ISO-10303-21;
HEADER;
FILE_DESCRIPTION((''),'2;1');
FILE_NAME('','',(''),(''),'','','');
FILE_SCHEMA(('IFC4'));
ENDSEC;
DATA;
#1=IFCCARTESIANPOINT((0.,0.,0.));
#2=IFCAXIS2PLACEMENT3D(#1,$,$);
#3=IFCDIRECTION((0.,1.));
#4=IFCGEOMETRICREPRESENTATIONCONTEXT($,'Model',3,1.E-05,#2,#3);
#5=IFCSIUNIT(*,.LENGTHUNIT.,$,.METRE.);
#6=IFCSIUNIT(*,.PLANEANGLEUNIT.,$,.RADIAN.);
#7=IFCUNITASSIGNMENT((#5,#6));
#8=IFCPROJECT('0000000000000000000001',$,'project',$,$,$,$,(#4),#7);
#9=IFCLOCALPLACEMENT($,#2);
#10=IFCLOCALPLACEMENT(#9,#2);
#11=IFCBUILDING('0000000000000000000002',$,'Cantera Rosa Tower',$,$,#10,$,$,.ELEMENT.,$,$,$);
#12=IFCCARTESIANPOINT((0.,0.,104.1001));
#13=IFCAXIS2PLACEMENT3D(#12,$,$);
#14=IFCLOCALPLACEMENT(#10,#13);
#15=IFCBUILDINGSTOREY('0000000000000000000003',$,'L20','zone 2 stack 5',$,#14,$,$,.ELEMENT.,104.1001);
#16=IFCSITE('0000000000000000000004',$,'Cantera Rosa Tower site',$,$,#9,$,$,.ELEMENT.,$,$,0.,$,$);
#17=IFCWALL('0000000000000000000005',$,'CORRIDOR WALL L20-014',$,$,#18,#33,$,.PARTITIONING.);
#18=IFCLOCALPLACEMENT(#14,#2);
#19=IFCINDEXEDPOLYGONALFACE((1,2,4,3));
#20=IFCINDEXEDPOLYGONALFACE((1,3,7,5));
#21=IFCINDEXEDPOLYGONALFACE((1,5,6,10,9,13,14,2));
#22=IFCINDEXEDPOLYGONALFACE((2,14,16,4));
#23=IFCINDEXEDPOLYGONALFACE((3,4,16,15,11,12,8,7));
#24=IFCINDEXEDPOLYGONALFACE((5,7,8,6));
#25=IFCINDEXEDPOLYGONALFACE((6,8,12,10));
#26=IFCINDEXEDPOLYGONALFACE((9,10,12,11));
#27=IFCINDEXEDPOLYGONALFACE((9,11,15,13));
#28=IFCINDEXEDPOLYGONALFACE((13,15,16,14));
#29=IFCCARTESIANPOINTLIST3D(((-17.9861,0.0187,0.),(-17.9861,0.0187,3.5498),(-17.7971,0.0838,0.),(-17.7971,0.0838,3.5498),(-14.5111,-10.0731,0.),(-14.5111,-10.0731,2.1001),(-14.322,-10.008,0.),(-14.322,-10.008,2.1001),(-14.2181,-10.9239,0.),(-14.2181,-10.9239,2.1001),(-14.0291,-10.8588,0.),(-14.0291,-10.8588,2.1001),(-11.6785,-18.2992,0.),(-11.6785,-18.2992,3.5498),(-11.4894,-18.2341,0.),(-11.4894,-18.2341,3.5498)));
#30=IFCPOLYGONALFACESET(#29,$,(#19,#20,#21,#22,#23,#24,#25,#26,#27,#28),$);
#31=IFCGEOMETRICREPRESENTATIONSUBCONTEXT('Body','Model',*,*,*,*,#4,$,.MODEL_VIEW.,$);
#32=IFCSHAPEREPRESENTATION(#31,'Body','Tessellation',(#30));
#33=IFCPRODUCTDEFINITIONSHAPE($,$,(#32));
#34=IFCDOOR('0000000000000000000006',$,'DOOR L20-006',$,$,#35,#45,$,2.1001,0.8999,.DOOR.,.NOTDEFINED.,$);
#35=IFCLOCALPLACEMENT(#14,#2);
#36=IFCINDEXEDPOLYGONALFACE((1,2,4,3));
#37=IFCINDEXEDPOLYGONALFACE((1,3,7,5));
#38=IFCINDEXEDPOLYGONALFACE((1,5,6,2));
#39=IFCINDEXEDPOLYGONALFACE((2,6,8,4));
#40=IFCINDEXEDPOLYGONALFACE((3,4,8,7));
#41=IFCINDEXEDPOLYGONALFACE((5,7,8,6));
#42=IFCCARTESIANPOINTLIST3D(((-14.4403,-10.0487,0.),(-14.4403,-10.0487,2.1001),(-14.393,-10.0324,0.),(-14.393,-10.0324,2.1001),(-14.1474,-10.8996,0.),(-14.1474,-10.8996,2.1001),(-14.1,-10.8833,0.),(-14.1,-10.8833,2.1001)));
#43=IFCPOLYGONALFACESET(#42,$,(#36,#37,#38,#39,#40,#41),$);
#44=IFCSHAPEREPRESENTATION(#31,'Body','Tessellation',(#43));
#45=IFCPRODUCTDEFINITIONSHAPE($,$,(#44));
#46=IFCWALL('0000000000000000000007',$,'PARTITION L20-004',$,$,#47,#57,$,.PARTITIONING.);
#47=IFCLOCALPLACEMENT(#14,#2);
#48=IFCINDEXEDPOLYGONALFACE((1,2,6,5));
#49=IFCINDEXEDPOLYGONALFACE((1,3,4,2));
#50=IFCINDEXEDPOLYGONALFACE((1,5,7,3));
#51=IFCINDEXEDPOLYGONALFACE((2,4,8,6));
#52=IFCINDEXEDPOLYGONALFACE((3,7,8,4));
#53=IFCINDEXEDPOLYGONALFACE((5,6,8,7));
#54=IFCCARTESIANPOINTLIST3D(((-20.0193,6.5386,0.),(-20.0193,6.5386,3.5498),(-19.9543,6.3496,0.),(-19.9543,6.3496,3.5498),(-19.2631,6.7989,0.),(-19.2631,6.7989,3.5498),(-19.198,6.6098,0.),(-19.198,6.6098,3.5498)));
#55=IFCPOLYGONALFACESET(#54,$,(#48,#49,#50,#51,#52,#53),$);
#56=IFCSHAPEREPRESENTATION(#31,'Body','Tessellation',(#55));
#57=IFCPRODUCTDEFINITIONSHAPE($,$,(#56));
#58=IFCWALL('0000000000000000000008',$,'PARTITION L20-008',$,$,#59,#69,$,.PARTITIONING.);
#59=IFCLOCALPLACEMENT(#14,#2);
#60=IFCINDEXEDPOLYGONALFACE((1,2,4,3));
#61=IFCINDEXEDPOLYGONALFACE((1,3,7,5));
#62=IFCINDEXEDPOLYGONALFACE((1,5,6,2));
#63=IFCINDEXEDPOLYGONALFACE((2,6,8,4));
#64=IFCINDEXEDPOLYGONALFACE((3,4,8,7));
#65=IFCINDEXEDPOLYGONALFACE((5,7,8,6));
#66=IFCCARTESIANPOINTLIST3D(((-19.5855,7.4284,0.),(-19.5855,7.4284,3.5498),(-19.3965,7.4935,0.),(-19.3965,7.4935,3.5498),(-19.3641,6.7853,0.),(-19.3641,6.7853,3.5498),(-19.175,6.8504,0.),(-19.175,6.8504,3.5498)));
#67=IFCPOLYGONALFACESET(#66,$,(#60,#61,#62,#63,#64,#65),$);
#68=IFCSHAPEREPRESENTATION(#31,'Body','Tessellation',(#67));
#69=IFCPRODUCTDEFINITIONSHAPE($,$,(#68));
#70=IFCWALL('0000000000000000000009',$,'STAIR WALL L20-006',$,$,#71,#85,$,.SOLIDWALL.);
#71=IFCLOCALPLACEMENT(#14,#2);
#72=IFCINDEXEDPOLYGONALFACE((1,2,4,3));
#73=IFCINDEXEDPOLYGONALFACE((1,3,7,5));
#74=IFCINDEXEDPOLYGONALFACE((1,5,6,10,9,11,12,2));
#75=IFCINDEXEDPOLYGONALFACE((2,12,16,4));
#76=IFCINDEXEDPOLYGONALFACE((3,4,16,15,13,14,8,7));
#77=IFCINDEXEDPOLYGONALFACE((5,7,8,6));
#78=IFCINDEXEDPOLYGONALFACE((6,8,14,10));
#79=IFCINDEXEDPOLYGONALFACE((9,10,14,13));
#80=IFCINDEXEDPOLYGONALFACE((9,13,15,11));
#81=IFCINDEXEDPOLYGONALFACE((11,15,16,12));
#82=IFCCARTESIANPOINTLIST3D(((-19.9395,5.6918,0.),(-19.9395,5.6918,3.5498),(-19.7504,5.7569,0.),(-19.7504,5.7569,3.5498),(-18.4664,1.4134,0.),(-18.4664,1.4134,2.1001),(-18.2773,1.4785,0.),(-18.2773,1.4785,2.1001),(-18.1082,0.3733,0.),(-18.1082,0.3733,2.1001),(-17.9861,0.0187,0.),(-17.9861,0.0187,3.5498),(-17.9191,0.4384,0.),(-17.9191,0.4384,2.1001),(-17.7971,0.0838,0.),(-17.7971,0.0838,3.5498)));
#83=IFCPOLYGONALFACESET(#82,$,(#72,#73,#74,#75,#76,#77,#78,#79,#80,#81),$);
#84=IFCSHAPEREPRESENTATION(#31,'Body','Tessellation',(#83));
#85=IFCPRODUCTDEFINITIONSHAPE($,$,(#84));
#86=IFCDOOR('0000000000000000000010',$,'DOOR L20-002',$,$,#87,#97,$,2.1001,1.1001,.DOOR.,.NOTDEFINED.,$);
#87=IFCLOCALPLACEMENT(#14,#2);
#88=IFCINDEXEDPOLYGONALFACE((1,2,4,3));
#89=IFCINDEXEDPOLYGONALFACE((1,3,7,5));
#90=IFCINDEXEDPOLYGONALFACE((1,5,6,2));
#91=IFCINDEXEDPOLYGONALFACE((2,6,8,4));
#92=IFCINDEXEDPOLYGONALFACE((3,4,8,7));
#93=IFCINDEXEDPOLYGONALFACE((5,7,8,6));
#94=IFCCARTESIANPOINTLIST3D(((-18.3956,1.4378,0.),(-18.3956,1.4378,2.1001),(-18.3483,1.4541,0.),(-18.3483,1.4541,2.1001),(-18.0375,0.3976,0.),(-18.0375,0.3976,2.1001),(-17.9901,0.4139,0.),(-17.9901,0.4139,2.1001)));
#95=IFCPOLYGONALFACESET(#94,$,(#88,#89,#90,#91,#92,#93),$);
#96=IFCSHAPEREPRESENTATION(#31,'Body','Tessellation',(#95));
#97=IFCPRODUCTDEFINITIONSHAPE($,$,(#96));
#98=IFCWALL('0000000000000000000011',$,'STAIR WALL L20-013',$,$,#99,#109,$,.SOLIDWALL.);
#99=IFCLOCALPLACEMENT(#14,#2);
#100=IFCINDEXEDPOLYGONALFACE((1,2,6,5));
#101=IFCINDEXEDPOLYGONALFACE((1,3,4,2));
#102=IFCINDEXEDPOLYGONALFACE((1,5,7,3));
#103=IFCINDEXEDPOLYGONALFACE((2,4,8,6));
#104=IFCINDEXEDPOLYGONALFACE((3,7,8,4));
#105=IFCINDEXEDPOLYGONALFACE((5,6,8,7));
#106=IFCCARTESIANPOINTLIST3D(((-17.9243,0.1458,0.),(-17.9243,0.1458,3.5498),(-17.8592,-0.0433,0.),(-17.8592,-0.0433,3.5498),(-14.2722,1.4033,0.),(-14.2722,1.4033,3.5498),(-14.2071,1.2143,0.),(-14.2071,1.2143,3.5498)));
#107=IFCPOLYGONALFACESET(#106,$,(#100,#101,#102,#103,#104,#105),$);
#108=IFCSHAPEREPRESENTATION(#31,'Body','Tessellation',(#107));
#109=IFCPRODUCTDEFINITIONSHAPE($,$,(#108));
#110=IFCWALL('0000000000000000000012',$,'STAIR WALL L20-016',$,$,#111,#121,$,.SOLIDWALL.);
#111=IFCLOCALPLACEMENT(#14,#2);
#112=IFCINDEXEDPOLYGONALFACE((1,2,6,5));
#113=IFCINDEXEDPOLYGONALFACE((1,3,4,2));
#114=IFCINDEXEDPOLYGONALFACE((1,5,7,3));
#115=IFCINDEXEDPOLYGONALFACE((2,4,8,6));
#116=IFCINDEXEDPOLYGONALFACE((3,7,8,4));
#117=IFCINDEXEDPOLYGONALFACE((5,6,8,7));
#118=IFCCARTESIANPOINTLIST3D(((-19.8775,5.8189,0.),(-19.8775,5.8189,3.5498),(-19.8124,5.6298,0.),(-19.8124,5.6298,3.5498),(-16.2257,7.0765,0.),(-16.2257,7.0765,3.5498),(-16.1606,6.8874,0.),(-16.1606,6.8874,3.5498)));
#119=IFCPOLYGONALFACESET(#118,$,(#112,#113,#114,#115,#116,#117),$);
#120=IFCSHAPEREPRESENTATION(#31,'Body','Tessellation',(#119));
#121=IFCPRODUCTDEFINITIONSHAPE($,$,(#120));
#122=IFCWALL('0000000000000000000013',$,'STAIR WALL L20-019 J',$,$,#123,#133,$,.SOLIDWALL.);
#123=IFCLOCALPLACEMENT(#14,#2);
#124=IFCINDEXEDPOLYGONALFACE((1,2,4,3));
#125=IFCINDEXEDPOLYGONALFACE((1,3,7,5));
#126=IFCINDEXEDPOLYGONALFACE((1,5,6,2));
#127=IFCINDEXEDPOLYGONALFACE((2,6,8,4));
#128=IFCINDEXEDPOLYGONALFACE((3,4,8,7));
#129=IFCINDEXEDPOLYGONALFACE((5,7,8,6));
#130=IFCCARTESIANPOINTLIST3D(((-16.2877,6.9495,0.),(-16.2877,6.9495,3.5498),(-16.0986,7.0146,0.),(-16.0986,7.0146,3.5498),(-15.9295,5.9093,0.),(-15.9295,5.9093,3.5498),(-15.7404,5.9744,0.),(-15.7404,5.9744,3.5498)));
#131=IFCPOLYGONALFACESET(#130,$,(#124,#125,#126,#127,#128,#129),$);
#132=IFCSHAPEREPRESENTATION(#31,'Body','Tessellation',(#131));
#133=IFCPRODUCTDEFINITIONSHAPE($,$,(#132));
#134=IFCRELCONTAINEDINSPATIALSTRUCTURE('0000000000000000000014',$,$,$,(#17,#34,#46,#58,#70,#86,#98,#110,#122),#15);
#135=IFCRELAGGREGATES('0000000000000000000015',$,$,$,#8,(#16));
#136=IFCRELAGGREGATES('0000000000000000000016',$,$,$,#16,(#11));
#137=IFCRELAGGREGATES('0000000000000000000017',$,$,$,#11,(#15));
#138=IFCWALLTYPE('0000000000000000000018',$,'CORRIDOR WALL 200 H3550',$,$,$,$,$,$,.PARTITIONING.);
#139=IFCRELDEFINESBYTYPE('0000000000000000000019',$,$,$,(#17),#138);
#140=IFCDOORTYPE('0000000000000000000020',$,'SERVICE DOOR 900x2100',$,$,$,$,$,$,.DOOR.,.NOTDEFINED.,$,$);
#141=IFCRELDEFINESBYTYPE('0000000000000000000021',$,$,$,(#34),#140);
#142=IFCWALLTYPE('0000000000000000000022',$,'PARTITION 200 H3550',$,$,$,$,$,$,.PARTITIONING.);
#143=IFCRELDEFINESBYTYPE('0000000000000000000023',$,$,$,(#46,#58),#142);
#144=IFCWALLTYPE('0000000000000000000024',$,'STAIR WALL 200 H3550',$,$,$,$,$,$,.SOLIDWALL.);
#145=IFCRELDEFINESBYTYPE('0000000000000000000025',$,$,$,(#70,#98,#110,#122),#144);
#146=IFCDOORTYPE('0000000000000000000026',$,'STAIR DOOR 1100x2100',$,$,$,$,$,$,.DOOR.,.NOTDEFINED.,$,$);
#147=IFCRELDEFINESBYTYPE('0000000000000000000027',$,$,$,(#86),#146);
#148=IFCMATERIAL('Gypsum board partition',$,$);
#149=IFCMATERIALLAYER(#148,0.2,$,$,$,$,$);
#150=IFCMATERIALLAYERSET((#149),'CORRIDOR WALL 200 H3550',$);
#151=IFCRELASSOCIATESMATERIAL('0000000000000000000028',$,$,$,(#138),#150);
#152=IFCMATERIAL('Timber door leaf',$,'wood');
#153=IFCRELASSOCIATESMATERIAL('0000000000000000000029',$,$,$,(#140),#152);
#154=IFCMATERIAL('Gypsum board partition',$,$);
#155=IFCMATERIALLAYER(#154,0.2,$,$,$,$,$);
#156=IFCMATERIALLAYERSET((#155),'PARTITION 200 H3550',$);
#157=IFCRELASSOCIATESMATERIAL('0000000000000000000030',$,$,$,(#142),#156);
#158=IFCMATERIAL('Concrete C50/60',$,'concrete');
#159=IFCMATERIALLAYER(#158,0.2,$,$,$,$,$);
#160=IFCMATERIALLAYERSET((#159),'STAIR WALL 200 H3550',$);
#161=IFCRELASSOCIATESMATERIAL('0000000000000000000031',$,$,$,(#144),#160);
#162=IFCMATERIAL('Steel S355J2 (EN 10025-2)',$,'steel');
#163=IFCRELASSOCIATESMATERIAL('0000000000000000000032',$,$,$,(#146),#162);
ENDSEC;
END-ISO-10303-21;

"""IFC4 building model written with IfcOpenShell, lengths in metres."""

from ifc_helpers import new_model, si_unit, direction, frame, frame_2d, origin, place, context, subcontext, project, spatial, rectangle, extrude, material, layer, layer_set, type_object, element, fill, save


model = new_model("IFC4")

# Units and contexts
model_context = context("Model", 3, precision=1e-05, world=origin(), true_north=direction((0.0, 1.0)))
body_context = subcontext(model_context, "Body", "Model", "MODEL_VIEW")
ifc_project = project(units=[si_unit("LENGTHUNIT", "METRE"), si_unit("PLANEANGLEUNIT", "RADIAN")], contexts=[model_context])

# Site, building, storey
site_placement = place(None, origin())
site = spatial("IfcSite", under=ifc_project, at=site_placement, Name="Cantera Rosa Tower site", CompositionType="ELEMENT", RefElevation=0.0)
building_placement = place(site_placement, origin())
building = spatial("IfcBuilding", under=site, at=building_placement, Name="Cantera Rosa Tower", CompositionType="ELEMENT")
storey_placement = place(building_placement, frame((0.0, 0.0, 104.1001)))
storey = spatial("IfcBuildingStorey", under=building, at=storey_placement, Name="L20", Description="zone 2 stack 5", CompositionType="ELEMENT", Elevation=104.1001)

# Shared definitions
ifc_material_1 = material(Name="Gypsum board partition")
ifc_layer_1 = layer(ifc_material_1, 0.2)
ifc_layer_set_1 = layer_set([ifc_layer_1], Name="CORRIDOR WALL 200 H3550")
wall_type_1 = type_object("IfcWallType", Name="CORRIDOR WALL 200 H3550", PredefinedType="PARTITIONING", material=ifc_layer_set_1)

# Wall, opening, door
wall_1_placement = place(storey_placement, frame((-17.8916, 0.0513, 0.0), z_axis=(0.0, 0.0, 1.0), x_axis=(0.325581, -0.945514, 0.0)))
wall_1 = element("IfcWall", 1, at=wall_1_placement, inside=storey, type_object=wall_type_1, Name="CORRIDOR WALL L20-014", PredefinedType="PARTITIONING", context=body_context, shape_type="SweptSolid", body=[
    extrude(rectangle(XDim=19.3735, YDim=0.2, at=frame_2d((9.6868, 0.0))), origin(), (0.0, 0.0, 1.0), 3.5498),
])
opening_1_placement = place(wall_1_placement, frame((10.6733, 0.0, 0.0)))
opening_1 = element("IfcOpeningElement", 2, at=opening_1_placement, cuts=wall_1, PredefinedType="OPENING", context=body_context, shape_type="SweptSolid", body=[
    extrude(rectangle(XDim=0.8999, YDim=2.1001, at=frame_2d((0.45, 1.05))), frame((0.0, 0.1099, 0.0), z_axis=(0.0, -1.0, 0.0), x_axis=(1.0, 0.0, 0.0)), (0.0, 0.0, 1.0), 0.22),
])
ifc_material_2 = material(Name="Timber door leaf", Category="wood")
door_type_1 = type_object("IfcDoorType", Name="SERVICE DOOR 900x2100", OperationType="NOTDEFINED", PredefinedType="DOOR", material=ifc_material_2)
door_1_placement = place(opening_1_placement, origin())
door_1 = element("IfcDoor", 3, at=door_1_placement, inside=storey, type_object=door_type_1, Name="DOOR L20-006", OperationType="NOTDEFINED", OverallHeight=2.1001, OverallWidth=0.8999, PredefinedType="DOOR", context=body_context, shape_type="SweptSolid", body=[
    extrude(rectangle(XDim=0.8999, YDim=2.1001, at=frame_2d((0.45, 1.05))), frame((0.0, 0.0249, 0.0), z_axis=(0.0, -1.0, 0.0), x_axis=(1.0, 0.0, 0.0)), (0.0, 0.0, 1.0), 0.05),
])
fill(opening_1, door_1)

# Walls
ifc_material_3 = material(Name="Gypsum board partition")
ifc_layer_2 = layer(ifc_material_3, 0.2)
ifc_layer_set_2 = layer_set([ifc_layer_2], Name="PARTITION 200 H3550")
wall_type_2 = type_object("IfcWallType", Name="PARTITION 200 H3550", PredefinedType="PARTITIONING", material=ifc_layer_set_2)
wall_2_placement = place(storey_placement, frame((-19.9868, 6.4441, 0.0), z_axis=(0.0, 0.0, 1.0), x_axis=(0.945587, 0.32537, 0.0)))
element("IfcWall", 4, at=wall_2_placement, inside=storey, type_object=wall_type_2, Name="PARTITION L20-004", PredefinedType="PARTITIONING", context=body_context, shape_type="SweptSolid", body=[
    extrude(rectangle(XDim=0.7998, YDim=0.2, at=frame_2d((0.3999, 0.0))), origin(), (0.0, 0.0, 1.0), 3.5498),
])
wall_3_placement = place(storey_placement, frame((-19.2695, 6.8179, 0.0), z_axis=(0.0, 0.0, 1.0), x_axis=(-0.325581, 0.945514, 0.0)))
element("IfcWall", 5, at=wall_3_placement, inside=storey, type_object=wall_type_2, Name="PARTITION L20-008", PredefinedType="PARTITIONING", context=body_context, shape_type="SweptSolid", body=[
    extrude(rectangle(XDim=0.6802, YDim=0.2, at=frame_2d((0.3401, 0.0))), origin(), (0.0, 0.0, 1.0), 3.5498),
])

# Wall, opening, door
ifc_material_4 = material(Name="Concrete C50/60", Category="concrete")
ifc_layer_3 = layer(ifc_material_4, 0.2)
ifc_layer_set_3 = layer_set([ifc_layer_3], Name="STAIR WALL 200 H3550")
wall_type_3 = type_object("IfcWallType", Name="STAIR WALL 200 H3550", PredefinedType="SOLIDWALL", material=ifc_layer_set_3)
wall_4_placement = place(storey_placement, frame((-19.845, 5.7244, 0.0), z_axis=(0.0, 0.0, 1.0), x_axis=(0.325563, -0.94552, 0.0)))
wall_4 = element("IfcWall", 6, at=wall_4_placement, inside=storey, type_object=wall_type_3, Name="STAIR WALL L20-006", PredefinedType="SOLIDWALL", context=body_context, shape_type="SweptSolid", body=[
    extrude(rectangle(XDim=6.0, YDim=0.2, at=frame_2d((3.0, 0.0))), origin(), (0.0, 0.0, 1.0), 3.5498),
])
opening_2_placement = place(wall_4_placement, frame((4.5249, 0.0, 0.0)))
opening_2 = element("IfcOpeningElement", 7, at=opening_2_placement, cuts=wall_4, PredefinedType="OPENING", context=body_context, shape_type="SweptSolid", body=[
    extrude(rectangle(XDim=1.1001, YDim=2.1001, at=frame_2d((0.55, 1.05))), frame((0.0, 0.1099, 0.0), z_axis=(0.0, -1.0, 0.0), x_axis=(1.0, 0.0, 0.0)), (0.0, 0.0, 1.0), 0.22),
])
ifc_material_5 = material(Name="Steel S355J2 (EN 10025-2)", Category="steel")
door_type_2 = type_object("IfcDoorType", Name="STAIR DOOR 1100x2100", OperationType="NOTDEFINED", PredefinedType="DOOR", material=ifc_material_5)
door_2_placement = place(opening_2_placement, origin())
door_2 = element("IfcDoor", 8, at=door_2_placement, inside=storey, type_object=door_type_2, Name="DOOR L20-002", OperationType="NOTDEFINED", OverallHeight=2.1001, OverallWidth=1.1001, PredefinedType="DOOR", context=body_context, shape_type="SweptSolid", body=[
    extrude(rectangle(XDim=1.1001, YDim=2.1001, at=frame_2d((0.55, 1.05))), frame((0.0, 0.0249, 0.0), z_axis=(0.0, -1.0, 0.0), x_axis=(1.0, 0.0, 0.0)), (0.0, 0.0, 1.0), 0.05),
])
fill(opening_2, door_2)

# Walls
wall_5_placement = place(storey_placement, frame((-17.8916, 0.0513, 0.0), z_axis=(0.0, 0.0, 1.0), x_axis=(0.945515, 0.32558, 0.0)))
element("IfcWall", 9, at=wall_5_placement, inside=storey, type_object=wall_type_3, Name="STAIR WALL L20-013", PredefinedType="SOLIDWALL", context=body_context, shape_type="SweptSolid", body=[
    extrude(rectangle(XDim=3.8625, YDim=0.2, at=frame_2d((1.9312, 0.0))), origin(), (0.0, 0.0, 1.0), 3.5498),
])
wall_6_placement = place(storey_placement, frame((-16.1931, 6.9819, 0.0), z_axis=(0.0, 0.0, 1.0), x_axis=(-0.945508, -0.325599, 0.0)))
element("IfcWall", 10, at=wall_6_placement, inside=storey, type_object=wall_type_3, Name="STAIR WALL L20-016", PredefinedType="SOLIDWALL", context=body_context, shape_type="SweptSolid", body=[
    extrude(rectangle(XDim=3.8623, YDim=0.2, at=frame_2d((1.9312, 0.0))), origin(), (0.0, 0.0, 1.0), 3.5498),
])
wall_7_placement = place(storey_placement, frame((-15.835, 5.9419, 0.0), z_axis=(0.0, 0.0, 1.0), x_axis=(-0.325601, 0.945507, 0.0)))
element("IfcWall", 11, at=wall_7_placement, inside=storey, type_object=wall_type_3, Name="STAIR WALL L20-019 J", PredefinedType="SOLIDWALL", context=body_context, shape_type="SweptSolid", body=[
    extrude(rectangle(XDim=1.1001, YDim=0.2, at=frame_2d((0.55, 0.0))), origin(), (0.0, 0.0, 1.0), 3.5498),
])

save(model, "model.ifc")
